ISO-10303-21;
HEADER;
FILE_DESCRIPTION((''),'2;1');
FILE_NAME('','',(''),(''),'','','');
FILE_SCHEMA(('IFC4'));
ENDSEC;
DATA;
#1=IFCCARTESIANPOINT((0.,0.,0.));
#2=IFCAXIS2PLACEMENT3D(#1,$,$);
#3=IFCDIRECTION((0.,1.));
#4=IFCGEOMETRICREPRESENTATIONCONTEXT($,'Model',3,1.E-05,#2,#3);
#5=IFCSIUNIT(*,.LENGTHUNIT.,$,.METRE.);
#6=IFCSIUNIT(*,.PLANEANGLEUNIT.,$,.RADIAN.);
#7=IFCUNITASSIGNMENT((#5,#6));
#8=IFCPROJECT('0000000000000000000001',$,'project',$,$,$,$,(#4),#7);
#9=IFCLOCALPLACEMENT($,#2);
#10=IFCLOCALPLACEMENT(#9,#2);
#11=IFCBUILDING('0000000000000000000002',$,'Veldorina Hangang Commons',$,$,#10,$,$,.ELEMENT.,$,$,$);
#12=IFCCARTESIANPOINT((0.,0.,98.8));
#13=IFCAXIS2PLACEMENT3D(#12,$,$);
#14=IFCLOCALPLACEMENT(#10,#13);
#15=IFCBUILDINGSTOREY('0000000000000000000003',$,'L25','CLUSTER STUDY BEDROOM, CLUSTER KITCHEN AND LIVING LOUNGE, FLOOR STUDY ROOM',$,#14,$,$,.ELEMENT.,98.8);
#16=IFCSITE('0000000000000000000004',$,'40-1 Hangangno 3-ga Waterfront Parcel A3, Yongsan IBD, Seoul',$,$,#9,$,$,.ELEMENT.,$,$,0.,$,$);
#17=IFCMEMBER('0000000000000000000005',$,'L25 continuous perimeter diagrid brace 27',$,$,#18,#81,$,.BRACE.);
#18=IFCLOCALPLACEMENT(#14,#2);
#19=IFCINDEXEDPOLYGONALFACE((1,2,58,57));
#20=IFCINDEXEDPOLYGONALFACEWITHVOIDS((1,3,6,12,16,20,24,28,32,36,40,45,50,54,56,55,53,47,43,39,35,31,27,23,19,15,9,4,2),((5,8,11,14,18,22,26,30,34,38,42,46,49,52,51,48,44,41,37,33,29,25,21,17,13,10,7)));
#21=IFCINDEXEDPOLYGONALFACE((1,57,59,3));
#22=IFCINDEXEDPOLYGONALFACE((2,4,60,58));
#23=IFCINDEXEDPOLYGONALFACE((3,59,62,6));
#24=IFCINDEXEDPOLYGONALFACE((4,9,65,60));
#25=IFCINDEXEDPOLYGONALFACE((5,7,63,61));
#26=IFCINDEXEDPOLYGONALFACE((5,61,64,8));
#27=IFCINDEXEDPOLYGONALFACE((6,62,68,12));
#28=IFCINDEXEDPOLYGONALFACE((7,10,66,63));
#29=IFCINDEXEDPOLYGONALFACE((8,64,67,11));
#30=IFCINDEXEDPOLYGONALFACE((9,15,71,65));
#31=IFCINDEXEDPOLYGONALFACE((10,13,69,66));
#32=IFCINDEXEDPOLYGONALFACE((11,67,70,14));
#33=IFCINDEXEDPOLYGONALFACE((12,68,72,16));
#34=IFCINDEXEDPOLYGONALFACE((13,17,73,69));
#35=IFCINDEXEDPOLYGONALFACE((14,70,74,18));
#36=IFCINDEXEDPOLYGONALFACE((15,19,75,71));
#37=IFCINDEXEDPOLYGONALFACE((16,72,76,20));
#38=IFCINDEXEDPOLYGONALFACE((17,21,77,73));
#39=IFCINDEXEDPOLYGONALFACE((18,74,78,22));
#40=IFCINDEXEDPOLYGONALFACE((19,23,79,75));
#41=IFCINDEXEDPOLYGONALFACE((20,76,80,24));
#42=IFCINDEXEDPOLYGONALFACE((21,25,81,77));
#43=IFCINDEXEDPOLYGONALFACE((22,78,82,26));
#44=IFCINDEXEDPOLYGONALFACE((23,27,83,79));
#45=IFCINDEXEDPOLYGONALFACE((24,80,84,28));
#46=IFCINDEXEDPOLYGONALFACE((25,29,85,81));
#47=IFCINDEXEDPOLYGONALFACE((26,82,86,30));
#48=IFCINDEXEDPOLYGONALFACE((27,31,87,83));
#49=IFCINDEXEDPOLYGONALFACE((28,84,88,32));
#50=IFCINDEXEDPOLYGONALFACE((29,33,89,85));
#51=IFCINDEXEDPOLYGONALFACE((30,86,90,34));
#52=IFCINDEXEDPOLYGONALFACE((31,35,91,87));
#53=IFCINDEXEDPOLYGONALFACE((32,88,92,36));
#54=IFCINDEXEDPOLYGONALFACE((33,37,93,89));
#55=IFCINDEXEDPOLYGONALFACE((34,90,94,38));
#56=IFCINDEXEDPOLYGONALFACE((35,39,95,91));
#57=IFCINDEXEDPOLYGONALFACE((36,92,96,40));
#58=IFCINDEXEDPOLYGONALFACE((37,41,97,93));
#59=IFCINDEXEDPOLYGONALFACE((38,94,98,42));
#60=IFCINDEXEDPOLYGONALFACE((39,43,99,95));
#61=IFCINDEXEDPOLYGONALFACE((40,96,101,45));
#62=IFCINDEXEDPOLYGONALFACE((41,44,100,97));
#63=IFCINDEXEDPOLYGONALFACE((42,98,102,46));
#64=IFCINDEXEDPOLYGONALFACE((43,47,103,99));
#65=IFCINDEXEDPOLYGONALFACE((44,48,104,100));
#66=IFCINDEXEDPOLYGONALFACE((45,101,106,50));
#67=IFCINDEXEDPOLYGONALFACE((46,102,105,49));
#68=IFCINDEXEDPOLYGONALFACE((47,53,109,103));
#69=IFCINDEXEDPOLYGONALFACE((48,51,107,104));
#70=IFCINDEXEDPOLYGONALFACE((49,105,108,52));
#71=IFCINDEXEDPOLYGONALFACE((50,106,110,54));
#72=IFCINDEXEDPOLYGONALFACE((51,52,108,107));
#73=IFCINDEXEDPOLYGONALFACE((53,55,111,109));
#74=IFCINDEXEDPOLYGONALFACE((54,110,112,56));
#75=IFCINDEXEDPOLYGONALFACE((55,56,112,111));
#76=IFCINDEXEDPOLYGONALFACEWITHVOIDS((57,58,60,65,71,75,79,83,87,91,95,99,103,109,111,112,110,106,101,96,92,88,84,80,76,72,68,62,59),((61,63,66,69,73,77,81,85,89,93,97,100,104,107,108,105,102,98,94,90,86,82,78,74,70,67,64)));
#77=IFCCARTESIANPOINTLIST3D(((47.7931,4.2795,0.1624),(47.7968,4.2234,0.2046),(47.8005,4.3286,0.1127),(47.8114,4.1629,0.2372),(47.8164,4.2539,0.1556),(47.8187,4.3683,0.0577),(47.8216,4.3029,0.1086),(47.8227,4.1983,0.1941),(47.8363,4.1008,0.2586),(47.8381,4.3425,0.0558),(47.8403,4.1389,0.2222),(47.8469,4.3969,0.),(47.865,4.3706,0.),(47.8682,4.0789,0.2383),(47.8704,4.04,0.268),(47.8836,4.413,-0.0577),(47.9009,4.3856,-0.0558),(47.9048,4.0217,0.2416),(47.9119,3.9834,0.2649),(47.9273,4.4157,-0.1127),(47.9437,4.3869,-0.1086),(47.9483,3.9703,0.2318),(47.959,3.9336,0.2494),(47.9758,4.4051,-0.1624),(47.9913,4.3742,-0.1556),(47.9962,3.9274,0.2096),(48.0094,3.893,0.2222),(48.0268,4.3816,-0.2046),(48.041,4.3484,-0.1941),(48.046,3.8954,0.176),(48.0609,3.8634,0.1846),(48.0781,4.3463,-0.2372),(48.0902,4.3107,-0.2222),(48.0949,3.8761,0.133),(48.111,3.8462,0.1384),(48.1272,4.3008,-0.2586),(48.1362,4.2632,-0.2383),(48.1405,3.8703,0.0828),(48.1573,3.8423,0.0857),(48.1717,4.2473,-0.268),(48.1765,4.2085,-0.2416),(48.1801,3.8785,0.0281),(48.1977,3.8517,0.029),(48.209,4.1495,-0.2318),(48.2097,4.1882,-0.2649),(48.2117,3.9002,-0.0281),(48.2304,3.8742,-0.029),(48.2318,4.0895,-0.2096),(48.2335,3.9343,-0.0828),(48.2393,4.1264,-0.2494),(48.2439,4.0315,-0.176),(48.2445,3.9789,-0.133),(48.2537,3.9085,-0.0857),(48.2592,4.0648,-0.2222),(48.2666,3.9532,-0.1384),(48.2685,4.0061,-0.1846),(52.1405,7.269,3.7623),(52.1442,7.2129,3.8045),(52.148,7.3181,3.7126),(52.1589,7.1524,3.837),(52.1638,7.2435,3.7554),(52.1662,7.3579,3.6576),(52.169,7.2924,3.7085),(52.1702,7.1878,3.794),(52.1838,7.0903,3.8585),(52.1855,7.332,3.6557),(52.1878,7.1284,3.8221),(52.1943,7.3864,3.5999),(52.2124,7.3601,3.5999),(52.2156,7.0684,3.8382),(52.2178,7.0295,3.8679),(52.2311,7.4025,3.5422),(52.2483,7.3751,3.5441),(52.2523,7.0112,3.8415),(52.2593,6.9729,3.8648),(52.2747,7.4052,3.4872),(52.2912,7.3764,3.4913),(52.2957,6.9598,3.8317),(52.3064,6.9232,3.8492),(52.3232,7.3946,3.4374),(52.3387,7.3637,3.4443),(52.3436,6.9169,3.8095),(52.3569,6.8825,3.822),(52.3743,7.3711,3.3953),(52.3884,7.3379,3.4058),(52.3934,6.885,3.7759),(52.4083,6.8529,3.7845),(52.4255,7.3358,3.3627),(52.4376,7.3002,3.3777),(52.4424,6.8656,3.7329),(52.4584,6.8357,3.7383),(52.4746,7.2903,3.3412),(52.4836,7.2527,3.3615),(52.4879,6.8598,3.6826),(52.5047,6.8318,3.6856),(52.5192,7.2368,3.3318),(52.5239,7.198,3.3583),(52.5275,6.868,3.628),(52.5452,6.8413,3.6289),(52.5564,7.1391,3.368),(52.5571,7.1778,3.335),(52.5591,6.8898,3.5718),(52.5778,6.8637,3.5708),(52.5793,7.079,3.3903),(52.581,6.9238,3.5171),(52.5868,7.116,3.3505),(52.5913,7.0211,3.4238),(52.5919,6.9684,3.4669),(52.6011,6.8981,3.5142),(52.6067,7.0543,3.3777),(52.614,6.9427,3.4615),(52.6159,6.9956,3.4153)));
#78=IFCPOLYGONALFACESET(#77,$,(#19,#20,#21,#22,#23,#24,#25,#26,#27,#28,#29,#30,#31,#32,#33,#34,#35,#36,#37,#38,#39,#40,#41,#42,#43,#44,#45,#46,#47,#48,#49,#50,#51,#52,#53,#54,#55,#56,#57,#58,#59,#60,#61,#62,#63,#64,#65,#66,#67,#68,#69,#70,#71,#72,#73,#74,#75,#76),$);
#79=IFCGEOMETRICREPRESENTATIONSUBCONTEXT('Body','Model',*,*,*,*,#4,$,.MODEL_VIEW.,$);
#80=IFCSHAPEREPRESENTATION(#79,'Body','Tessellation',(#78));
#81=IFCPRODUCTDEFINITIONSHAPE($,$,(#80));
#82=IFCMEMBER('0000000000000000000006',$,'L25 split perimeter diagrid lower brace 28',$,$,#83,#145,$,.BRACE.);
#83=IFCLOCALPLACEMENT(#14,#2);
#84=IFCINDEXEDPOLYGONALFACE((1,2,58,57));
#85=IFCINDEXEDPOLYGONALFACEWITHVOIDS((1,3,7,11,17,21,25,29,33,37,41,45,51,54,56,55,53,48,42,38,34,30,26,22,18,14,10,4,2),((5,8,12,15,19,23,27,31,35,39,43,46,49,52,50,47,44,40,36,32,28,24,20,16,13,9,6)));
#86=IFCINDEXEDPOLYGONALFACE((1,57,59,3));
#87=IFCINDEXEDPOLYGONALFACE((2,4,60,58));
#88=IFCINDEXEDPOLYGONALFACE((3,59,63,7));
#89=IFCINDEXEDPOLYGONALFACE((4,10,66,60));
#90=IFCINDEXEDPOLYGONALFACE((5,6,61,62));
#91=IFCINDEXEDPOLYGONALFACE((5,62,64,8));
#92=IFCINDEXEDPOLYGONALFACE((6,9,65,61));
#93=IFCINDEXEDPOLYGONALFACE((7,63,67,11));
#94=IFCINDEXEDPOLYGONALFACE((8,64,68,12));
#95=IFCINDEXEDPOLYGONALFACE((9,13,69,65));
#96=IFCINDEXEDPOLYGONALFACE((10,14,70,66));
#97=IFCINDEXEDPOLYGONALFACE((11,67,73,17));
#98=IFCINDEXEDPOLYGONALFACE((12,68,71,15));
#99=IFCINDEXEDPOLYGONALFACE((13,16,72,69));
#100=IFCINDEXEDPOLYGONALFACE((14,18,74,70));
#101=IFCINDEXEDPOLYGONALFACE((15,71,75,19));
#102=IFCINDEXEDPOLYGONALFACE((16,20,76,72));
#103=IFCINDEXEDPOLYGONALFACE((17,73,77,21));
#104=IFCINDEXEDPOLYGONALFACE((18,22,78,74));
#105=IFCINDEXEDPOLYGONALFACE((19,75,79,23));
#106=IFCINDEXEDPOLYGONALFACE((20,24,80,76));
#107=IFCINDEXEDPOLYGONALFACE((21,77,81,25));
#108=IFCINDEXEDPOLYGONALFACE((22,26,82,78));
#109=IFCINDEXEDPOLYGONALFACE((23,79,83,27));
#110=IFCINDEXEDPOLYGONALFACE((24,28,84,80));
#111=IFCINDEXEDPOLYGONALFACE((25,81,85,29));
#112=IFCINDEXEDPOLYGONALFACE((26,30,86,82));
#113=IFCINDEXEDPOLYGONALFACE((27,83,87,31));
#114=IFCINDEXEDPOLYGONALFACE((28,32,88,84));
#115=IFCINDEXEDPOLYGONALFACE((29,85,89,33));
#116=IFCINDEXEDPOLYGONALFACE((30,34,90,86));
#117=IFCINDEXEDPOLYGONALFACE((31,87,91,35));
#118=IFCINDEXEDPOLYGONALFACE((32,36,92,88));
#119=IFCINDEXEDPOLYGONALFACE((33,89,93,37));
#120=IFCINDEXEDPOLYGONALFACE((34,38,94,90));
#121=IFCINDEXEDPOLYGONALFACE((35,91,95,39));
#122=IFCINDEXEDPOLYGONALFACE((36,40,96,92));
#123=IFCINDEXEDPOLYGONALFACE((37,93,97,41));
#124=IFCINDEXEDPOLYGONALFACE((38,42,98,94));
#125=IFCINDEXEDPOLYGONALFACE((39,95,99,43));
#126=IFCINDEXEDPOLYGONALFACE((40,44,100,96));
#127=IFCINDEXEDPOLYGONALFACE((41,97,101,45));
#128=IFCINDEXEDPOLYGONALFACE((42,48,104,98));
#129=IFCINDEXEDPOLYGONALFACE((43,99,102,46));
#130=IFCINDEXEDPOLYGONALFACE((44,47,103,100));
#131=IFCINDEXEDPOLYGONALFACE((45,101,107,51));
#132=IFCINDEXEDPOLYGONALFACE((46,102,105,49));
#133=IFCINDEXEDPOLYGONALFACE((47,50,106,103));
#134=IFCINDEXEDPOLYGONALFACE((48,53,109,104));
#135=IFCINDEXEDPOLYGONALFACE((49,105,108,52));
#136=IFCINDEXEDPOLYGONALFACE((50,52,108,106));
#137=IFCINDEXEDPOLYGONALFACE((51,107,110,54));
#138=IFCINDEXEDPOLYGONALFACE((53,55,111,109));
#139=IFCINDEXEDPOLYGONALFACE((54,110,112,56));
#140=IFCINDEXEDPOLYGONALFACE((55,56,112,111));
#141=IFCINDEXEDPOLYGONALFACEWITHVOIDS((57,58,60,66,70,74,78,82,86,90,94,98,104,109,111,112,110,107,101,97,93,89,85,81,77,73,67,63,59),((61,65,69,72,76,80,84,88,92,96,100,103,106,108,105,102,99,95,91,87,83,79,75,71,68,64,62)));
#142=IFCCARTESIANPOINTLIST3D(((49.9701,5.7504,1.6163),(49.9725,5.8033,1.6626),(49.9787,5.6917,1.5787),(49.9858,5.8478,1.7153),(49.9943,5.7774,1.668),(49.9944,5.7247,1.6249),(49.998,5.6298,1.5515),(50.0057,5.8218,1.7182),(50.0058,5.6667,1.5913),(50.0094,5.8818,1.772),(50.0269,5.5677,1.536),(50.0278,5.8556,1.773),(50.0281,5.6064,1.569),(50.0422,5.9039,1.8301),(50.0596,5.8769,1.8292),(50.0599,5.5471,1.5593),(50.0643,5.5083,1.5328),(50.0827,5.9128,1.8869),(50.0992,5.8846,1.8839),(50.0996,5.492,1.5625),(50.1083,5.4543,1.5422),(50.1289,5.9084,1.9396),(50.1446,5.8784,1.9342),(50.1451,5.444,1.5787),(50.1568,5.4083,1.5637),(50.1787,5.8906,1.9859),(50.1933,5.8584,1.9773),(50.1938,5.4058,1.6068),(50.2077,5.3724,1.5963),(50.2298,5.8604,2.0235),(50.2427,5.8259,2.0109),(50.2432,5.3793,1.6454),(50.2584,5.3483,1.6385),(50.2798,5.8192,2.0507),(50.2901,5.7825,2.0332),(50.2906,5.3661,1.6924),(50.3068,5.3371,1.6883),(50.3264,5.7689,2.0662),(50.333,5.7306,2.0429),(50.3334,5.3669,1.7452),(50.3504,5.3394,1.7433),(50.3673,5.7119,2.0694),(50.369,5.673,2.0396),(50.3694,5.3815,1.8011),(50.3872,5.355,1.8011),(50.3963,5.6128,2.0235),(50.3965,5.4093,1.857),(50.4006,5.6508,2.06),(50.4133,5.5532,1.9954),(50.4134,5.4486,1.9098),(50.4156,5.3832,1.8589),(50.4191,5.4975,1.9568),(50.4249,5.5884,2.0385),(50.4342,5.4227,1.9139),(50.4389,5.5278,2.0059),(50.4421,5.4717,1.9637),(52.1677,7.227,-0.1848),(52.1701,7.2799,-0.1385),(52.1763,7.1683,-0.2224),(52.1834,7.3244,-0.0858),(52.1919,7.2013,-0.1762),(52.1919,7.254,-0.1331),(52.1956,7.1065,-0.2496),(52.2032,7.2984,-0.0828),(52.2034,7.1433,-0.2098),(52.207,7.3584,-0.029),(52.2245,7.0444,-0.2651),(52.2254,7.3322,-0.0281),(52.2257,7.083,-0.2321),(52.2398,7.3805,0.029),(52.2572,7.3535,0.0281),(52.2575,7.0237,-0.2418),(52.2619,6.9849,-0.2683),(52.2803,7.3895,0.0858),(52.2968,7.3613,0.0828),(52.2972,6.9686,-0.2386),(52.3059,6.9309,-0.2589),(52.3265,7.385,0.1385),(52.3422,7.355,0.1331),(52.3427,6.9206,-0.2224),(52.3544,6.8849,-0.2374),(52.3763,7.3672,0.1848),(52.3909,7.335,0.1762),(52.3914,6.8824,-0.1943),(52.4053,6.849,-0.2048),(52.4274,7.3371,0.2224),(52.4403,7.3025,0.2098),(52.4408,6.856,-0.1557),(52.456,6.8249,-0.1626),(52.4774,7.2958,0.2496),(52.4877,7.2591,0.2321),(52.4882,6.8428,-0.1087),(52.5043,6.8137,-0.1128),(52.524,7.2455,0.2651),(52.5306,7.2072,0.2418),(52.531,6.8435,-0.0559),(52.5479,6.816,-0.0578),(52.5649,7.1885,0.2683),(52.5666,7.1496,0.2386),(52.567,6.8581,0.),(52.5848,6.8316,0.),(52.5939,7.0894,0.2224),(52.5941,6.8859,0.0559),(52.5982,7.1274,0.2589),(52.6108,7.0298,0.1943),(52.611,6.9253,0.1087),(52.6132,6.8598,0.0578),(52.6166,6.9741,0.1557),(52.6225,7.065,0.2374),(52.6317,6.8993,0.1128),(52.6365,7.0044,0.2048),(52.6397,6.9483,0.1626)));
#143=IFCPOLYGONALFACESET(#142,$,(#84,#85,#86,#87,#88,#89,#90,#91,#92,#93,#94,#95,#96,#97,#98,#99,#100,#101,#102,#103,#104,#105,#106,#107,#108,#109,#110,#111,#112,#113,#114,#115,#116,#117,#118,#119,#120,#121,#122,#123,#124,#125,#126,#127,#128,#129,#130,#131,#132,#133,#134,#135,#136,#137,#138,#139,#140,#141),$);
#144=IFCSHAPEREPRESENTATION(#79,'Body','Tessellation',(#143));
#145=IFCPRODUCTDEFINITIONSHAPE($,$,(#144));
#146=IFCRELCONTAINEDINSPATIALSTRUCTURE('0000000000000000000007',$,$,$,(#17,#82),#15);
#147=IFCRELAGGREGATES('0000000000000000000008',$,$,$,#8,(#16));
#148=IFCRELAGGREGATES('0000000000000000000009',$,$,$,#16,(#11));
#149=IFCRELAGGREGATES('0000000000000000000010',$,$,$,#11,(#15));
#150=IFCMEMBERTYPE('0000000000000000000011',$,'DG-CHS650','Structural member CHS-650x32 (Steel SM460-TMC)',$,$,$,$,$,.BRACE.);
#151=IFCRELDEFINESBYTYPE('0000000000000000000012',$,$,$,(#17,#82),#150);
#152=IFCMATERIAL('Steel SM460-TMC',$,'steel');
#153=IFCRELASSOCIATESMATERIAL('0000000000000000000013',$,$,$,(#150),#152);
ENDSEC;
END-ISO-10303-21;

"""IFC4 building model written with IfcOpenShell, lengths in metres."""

from ifc_helpers import new_model, si_unit, direction, frame, origin, origin_2d, place, context, subcontext, project, spatial, hollow_circle, extrude, material, material_profile, profile_set, type_object, element, save


model = new_model("IFC4")

# Units and contexts
model_context = context("Model", 3, precision=1e-05, world=origin(), true_north=direction((0.0, 1.0)))
body_context = subcontext(model_context, "Body", "Model", "MODEL_VIEW")
ifc_project = project(units=[si_unit("LENGTHUNIT", "METRE"), si_unit("PLANEANGLEUNIT", "RADIAN")], contexts=[model_context])

# Site, building, storey
site_placement = place(None, origin())
site = spatial("IfcSite", under=ifc_project, at=site_placement, Name="40-1 Hangangno 3-ga Waterfront Parcel A3, Yongsan IBD, Seoul", CompositionType="ELEMENT", RefElevation=0.0)
building_placement = place(site_placement, origin())
building = spatial("IfcBuilding", under=site, at=building_placement, Name="Veldorina Hangang Commons", CompositionType="ELEMENT")
storey_placement = place(building_placement, frame((0.0, 0.0, 98.8)))
storey = spatial("IfcBuildingStorey", under=building, at=storey_placement, Name="L25", Description="CLUSTER STUDY BEDROOM, CLUSTER KITCHEN AND LIVING LOUNGE, FLOOR STUDY ROOM", CompositionType="ELEMENT", Elevation=98.8)

# Members
ifc_material_1 = material(Name="Steel SM460-TMC", Category="steel")
ifc_material_profile_1 = material_profile(ifc_material_1, hollow_circle(Radius=0.325, WallThickness=0.032, at=origin_2d()), Name="CHS-650x32")
ifc_profile_set_1 = profile_set([ifc_material_profile_1], Name="Steel SM460-TMC")
member_type_1 = type_object("IfcMemberType", Name="DG-CHS650", Description="Structural member CHS-650x32 (Steel SM460-TMC)", PredefinedType="BRACE", material=ifc_profile_set_1)
member_1_placement = place(storey_placement, frame((48.031, 4.1292, 0.0), z_axis=(0.680647, 0.468047, 0.563606), x_axis=(-0.566613, 0.823984, 0.0)))
element("IfcMember", 1, at=member_1_placement, inside=storey, type_object=member_type_1, Name="L25 continuous perimeter diagrid brace 27", PredefinedType="BRACE", context=body_context, shape_type="SweptSolid", body=[
    extrude(hollow_circle(Radius=0.325, WallThickness=0.032, at=origin_2d()), origin(), (0.0, 0.0, 1.0), 6.3872),
])
member_2_placement = place(storey_placement, frame((52.4036, 7.1013, 0.0), z_axis=(-0.686287, -0.461134, 0.562464), x_axis=(0.557718, -0.83003, 0.0)))
element("IfcMember", 2, at=member_2_placement, inside=storey, type_object=member_type_1, Name="L25 split perimeter diagrid lower brace 28", PredefinedType="BRACE", context=body_context, shape_type="SweptSolid", body=[
    extrude(hollow_circle(Radius=0.325, WallThickness=0.032, at=origin_2d()), origin(), (0.0, 0.0, 1.0), 3.2021),
])

save(model, "model.ifc")
